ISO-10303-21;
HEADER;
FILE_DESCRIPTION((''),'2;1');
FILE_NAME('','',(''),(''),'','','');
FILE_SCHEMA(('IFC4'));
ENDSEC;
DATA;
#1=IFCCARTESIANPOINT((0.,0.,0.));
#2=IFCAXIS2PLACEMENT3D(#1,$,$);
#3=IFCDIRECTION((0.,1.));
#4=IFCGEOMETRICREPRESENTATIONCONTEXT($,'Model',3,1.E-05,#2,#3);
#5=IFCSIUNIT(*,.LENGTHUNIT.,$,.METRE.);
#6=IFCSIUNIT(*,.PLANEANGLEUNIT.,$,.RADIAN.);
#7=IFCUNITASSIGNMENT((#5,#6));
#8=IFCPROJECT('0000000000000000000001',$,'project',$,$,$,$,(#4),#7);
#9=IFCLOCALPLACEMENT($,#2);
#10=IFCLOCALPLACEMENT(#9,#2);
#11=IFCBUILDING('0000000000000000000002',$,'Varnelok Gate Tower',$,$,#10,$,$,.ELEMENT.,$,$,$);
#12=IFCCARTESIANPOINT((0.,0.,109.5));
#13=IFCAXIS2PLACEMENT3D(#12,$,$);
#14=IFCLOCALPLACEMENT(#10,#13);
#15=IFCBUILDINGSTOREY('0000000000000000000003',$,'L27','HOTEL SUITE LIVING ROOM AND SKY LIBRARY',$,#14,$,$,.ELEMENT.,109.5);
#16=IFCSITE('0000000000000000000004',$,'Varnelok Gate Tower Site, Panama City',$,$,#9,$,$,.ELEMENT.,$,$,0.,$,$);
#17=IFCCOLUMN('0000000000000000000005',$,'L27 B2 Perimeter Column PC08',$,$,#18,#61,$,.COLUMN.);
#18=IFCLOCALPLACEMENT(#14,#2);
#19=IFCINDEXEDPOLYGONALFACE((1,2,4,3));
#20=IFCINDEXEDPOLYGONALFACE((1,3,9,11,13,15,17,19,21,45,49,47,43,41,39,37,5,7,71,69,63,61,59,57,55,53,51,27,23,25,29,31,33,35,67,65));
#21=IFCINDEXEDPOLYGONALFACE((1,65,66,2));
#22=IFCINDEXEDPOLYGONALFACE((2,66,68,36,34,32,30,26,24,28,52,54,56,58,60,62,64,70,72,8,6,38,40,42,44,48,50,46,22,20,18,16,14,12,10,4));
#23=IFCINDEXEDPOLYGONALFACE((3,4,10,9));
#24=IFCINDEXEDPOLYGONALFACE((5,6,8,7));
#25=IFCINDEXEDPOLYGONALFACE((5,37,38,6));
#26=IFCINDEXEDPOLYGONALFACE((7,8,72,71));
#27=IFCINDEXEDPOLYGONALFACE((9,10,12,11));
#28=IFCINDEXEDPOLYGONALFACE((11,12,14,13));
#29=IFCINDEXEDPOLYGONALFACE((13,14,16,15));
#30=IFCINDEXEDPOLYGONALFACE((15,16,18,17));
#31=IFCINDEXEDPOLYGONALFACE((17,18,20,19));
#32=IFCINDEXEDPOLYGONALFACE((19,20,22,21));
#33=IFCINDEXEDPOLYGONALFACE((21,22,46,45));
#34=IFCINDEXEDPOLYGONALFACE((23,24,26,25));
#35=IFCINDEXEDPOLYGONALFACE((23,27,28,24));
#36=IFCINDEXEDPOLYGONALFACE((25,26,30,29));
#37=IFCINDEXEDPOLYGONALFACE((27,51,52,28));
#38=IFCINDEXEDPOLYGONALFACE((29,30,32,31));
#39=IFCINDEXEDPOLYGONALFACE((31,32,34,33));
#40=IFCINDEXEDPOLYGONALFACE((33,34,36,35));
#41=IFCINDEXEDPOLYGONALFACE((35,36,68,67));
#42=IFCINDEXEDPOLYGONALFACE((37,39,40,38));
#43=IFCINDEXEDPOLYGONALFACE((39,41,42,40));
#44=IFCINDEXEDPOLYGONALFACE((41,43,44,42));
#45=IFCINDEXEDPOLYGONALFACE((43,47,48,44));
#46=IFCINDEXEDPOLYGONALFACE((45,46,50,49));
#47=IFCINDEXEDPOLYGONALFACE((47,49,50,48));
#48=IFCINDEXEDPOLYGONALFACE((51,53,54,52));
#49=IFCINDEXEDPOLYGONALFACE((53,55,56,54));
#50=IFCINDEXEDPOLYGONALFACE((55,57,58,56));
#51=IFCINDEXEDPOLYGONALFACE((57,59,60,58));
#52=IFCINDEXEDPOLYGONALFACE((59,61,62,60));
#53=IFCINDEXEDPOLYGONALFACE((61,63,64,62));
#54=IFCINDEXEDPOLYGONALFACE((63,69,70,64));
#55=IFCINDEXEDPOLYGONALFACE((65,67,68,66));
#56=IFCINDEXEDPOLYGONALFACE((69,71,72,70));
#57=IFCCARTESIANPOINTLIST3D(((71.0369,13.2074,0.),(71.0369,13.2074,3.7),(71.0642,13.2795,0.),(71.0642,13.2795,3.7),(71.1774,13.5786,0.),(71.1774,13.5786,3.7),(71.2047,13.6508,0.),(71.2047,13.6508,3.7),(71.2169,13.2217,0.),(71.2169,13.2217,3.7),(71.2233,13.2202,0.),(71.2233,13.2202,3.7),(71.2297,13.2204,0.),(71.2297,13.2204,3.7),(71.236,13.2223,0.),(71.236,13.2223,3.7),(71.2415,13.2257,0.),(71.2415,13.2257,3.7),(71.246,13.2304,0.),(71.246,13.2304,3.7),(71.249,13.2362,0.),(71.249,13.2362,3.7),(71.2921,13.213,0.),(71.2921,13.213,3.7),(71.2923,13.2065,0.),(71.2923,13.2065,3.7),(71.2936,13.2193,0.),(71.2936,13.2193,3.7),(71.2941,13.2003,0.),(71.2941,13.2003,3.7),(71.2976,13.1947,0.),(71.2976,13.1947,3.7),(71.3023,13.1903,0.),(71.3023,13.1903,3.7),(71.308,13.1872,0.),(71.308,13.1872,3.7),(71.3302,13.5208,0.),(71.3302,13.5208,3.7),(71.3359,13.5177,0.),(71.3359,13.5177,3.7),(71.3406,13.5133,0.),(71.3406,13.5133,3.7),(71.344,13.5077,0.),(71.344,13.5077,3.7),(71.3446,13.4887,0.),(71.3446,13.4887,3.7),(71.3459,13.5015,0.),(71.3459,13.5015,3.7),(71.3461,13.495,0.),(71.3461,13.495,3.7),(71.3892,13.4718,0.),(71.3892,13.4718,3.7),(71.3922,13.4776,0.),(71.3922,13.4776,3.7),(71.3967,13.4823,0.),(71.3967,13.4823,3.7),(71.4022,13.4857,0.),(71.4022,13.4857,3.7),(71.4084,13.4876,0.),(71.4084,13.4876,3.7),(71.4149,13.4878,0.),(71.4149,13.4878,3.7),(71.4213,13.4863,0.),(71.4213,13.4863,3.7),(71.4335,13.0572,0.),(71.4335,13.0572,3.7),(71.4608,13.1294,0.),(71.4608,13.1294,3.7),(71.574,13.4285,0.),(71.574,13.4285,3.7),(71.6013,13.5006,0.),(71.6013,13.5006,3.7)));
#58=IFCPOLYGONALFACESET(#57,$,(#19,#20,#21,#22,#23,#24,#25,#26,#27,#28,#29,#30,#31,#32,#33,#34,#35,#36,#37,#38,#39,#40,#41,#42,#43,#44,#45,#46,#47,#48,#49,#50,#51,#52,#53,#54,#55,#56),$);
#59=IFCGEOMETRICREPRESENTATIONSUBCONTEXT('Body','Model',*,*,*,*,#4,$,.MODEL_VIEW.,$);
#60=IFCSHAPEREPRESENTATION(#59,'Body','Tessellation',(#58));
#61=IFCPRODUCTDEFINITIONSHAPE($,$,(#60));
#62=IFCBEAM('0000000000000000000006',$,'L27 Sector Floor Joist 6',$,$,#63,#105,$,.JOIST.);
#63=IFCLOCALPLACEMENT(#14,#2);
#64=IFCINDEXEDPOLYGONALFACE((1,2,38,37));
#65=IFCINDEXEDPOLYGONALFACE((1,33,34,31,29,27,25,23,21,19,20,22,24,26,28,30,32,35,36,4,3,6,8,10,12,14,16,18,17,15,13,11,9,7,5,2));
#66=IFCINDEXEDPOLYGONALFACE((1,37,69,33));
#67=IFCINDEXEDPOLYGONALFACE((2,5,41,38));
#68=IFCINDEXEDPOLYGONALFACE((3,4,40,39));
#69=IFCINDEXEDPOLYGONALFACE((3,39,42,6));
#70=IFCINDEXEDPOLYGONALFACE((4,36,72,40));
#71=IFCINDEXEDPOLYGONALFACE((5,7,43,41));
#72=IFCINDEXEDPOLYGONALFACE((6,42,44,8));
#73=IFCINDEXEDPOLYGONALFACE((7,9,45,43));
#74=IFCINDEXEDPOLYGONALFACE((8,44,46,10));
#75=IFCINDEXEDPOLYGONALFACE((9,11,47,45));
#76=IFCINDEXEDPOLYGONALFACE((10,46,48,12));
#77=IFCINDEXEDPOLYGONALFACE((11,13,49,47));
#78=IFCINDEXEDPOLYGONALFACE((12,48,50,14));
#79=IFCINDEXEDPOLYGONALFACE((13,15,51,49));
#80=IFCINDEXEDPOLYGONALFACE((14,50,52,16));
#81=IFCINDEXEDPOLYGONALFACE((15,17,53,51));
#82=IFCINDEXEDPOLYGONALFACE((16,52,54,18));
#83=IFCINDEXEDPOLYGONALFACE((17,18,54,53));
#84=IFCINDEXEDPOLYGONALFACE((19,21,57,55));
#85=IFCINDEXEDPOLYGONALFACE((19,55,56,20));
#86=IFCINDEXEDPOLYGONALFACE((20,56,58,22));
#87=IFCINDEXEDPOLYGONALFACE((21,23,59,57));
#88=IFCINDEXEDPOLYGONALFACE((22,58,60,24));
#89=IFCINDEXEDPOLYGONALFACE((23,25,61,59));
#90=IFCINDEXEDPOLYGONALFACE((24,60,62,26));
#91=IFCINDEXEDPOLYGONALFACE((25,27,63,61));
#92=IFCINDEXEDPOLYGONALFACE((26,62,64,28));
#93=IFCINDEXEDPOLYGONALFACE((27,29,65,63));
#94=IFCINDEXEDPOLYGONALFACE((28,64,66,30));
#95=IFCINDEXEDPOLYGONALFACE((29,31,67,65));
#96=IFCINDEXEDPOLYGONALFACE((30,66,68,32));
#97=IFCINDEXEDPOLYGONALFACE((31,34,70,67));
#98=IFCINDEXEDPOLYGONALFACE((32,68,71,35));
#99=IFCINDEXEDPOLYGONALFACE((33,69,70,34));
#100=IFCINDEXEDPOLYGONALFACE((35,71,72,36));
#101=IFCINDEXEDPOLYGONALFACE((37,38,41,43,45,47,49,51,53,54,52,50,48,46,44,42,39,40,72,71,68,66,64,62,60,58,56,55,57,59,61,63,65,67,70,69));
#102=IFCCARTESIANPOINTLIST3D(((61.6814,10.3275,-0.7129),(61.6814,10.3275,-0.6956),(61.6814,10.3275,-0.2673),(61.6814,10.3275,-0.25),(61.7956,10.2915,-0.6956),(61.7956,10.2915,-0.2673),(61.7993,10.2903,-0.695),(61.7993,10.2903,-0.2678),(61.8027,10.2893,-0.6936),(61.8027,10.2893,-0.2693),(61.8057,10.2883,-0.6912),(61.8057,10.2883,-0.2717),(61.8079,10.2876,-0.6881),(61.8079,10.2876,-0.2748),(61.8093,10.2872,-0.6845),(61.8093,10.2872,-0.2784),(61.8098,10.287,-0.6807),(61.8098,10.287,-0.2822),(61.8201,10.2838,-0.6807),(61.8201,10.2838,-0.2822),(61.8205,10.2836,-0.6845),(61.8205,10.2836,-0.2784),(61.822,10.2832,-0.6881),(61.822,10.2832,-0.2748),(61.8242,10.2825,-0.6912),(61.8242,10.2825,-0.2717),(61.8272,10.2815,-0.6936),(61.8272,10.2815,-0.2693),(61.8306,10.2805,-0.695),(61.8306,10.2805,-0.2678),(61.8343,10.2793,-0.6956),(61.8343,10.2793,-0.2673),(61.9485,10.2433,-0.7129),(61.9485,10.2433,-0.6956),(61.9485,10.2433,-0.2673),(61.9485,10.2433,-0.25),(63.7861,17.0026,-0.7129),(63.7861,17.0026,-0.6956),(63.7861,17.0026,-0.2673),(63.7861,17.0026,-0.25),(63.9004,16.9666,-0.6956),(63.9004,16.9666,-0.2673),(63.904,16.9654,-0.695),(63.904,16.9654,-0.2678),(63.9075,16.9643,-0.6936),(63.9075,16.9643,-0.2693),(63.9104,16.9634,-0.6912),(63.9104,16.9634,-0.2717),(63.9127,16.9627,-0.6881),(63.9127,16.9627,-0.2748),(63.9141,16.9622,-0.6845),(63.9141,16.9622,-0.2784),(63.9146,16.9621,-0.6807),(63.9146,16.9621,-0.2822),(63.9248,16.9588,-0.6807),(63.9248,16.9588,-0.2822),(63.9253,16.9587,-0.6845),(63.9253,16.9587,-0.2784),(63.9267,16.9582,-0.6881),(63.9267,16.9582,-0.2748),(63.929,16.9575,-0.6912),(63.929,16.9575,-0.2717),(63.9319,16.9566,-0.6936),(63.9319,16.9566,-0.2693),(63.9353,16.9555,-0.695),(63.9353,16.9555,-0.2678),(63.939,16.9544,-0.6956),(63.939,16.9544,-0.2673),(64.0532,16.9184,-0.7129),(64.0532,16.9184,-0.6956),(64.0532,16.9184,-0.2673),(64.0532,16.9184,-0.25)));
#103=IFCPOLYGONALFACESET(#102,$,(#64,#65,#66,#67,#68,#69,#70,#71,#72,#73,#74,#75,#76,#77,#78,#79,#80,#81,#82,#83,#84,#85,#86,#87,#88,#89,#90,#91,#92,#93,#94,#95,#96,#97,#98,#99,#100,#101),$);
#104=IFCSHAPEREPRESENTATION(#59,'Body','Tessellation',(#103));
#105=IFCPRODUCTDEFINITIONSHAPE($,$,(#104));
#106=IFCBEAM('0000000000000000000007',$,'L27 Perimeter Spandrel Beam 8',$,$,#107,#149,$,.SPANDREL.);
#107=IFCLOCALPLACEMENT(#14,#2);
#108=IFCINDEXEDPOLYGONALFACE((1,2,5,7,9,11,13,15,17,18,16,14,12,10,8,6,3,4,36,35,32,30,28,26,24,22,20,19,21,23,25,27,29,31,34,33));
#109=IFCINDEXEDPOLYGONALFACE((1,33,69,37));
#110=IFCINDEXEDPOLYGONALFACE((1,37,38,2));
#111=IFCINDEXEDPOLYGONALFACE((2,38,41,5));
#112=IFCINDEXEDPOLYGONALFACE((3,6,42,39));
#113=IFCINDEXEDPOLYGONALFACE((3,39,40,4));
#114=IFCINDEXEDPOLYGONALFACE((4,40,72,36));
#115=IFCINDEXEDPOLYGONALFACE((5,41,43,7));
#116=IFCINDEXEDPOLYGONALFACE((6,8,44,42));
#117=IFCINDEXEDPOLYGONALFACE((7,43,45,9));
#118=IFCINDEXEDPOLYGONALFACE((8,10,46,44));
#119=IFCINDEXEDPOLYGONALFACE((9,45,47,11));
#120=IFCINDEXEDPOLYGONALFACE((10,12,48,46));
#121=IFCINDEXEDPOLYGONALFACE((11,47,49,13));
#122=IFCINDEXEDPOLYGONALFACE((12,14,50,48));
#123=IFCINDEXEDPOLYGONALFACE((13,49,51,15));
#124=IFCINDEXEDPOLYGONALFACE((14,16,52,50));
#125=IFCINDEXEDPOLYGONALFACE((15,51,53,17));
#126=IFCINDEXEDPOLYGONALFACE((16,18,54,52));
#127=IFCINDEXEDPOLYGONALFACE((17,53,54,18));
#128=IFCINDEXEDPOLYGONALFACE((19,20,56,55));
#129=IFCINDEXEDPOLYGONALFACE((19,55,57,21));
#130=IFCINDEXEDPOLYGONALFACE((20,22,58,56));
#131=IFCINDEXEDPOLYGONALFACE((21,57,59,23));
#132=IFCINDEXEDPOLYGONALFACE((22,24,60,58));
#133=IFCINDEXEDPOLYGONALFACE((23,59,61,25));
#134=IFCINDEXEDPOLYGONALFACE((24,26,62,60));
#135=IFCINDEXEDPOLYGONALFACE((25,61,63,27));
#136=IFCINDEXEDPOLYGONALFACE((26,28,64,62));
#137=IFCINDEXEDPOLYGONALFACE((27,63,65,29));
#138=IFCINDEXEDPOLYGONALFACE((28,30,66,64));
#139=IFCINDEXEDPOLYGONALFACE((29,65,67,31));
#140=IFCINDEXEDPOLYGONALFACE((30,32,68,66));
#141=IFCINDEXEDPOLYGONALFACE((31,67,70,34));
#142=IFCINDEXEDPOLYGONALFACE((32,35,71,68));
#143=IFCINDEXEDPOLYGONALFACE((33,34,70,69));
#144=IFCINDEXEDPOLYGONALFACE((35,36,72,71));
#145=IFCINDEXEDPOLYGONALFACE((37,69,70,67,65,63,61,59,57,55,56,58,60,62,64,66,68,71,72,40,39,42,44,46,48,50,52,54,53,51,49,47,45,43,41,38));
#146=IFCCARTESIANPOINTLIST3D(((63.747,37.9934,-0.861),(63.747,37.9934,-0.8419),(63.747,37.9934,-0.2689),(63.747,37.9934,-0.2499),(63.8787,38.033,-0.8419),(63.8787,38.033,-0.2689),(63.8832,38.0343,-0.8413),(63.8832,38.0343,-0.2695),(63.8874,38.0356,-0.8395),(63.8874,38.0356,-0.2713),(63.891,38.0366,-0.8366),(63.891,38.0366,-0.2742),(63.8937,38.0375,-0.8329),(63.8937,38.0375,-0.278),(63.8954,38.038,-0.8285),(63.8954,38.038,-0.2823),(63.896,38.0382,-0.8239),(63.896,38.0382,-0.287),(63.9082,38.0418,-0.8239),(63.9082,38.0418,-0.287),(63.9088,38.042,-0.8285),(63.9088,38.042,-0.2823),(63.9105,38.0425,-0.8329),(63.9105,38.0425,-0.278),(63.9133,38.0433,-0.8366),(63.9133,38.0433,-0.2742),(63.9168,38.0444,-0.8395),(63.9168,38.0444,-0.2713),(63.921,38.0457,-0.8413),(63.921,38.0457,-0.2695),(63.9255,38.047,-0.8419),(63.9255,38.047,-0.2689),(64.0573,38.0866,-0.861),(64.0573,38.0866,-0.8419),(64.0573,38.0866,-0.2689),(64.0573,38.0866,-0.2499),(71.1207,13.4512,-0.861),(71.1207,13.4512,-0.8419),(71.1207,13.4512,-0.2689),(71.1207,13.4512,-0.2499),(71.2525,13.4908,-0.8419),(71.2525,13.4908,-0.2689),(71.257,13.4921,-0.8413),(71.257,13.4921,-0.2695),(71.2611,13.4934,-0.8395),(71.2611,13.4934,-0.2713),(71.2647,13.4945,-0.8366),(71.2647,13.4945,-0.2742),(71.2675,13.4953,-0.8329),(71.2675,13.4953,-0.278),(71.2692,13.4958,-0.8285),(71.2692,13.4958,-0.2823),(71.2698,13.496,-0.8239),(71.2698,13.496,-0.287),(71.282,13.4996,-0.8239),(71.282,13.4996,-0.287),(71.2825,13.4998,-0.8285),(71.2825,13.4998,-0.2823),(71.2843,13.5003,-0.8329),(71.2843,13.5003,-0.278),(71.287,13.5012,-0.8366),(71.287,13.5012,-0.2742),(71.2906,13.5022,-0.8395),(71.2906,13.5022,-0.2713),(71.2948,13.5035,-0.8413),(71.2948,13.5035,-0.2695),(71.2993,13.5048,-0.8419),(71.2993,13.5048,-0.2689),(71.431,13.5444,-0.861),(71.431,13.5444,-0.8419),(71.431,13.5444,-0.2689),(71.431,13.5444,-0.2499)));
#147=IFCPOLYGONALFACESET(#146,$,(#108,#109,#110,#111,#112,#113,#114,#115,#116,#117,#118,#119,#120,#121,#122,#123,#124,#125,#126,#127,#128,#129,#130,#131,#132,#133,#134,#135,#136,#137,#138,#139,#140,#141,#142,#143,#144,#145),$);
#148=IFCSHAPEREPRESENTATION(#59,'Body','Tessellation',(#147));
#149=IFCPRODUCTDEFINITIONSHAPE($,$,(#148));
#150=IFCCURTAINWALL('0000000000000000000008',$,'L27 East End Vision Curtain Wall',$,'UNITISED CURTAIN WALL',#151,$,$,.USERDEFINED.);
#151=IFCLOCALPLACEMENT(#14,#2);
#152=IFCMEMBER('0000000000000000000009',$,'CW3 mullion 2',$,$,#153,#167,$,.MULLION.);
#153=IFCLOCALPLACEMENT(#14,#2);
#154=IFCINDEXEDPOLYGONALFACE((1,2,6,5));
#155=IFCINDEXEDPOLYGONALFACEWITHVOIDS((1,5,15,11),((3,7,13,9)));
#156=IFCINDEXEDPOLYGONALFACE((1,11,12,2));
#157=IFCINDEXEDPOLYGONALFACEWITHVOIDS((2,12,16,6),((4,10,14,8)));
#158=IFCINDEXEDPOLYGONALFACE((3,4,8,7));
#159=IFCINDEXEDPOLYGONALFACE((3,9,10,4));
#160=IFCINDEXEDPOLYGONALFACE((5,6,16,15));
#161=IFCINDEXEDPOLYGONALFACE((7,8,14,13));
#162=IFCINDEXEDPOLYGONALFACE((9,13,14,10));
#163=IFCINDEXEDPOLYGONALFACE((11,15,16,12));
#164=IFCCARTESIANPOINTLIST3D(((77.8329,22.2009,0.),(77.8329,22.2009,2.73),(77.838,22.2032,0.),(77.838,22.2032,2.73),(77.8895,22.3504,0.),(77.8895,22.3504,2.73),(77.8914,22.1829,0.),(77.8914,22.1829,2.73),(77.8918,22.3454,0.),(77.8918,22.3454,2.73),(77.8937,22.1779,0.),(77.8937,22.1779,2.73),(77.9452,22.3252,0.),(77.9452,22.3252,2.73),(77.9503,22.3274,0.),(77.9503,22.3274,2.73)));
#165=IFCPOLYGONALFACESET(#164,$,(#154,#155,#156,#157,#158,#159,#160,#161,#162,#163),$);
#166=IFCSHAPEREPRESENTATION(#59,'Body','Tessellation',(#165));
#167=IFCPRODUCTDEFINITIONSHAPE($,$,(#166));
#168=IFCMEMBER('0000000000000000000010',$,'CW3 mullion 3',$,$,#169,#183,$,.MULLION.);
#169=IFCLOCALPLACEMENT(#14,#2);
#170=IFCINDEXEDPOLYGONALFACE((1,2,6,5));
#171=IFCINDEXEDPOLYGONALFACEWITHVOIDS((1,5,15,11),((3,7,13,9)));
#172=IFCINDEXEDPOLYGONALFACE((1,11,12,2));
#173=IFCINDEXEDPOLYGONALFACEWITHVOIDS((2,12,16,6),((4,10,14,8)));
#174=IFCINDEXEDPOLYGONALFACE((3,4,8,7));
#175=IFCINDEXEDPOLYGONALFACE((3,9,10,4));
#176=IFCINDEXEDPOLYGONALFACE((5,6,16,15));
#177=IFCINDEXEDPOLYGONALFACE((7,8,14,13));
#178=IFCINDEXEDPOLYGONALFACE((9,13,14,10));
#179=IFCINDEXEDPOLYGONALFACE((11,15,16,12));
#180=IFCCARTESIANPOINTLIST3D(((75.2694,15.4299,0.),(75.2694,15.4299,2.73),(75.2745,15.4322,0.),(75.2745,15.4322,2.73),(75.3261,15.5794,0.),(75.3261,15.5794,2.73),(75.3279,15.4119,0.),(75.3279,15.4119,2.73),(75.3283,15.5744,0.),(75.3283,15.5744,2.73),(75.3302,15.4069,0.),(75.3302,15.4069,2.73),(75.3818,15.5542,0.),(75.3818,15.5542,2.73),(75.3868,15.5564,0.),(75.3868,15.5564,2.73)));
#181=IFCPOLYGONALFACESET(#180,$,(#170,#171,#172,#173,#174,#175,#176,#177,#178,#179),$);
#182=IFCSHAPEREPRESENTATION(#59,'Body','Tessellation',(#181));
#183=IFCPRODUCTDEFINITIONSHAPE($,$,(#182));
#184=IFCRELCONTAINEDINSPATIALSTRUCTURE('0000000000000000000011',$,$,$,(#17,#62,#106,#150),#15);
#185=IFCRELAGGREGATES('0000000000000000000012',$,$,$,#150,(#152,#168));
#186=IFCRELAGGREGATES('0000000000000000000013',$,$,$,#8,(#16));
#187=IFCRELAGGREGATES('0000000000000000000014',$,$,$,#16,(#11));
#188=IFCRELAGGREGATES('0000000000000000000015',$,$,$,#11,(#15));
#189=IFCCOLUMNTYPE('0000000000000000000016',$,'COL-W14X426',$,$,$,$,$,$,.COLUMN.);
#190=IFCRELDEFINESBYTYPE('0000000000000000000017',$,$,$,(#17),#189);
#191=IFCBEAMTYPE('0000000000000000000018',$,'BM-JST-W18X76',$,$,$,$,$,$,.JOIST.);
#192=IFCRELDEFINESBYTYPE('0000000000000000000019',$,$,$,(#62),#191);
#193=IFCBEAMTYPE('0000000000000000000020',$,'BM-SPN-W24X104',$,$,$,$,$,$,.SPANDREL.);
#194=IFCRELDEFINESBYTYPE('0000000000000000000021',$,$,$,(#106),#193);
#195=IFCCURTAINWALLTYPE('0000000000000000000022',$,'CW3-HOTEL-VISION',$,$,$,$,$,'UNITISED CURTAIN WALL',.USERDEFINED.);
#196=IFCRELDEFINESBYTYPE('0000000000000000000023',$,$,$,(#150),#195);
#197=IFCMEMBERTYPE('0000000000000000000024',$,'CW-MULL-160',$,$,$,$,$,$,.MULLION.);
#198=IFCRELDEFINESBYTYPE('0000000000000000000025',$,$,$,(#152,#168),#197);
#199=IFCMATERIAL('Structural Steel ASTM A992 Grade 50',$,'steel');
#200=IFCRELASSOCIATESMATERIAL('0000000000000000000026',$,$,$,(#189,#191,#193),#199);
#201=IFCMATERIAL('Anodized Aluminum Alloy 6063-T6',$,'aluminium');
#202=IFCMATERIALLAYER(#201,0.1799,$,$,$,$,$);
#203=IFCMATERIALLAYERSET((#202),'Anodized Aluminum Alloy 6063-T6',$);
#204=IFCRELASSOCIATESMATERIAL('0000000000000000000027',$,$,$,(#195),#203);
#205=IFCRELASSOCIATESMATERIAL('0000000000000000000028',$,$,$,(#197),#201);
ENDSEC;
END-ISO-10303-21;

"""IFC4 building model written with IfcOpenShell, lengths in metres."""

from ifc_helpers import new_model, si_unit, direction, frame, origin, origin_2d, place, context, subcontext, project, spatial, hollow_rectangle, i_section, extrude, material, layer, layer_set, material_profile, profile_set, type_object, element, aggregate, save


model = new_model("IFC4")

# Units and contexts
model_context = context("Model", 3, precision=1e-05, world=origin(), true_north=direction((0.0, 1.0)))
body_context = subcontext(model_context, "Body", "Model", "MODEL_VIEW")
ifc_project = project(units=[si_unit("LENGTHUNIT", "METRE"), si_unit("PLANEANGLEUNIT", "RADIAN")], contexts=[model_context])

# Site, building, storey
site_placement = place(None, origin())
site = spatial("IfcSite", under=ifc_project, at=site_placement, Name="Varnelok Gate Tower Site, Panama City", CompositionType="ELEMENT", RefElevation=0.0)
building_placement = place(site_placement, origin())
building = spatial("IfcBuilding", under=site, at=building_placement, Name="Varnelok Gate Tower", CompositionType="ELEMENT")
storey_placement = place(building_placement, frame((0.0, 0.0, 109.5)))
storey = spatial("IfcBuildingStorey", under=building, at=storey_placement, Name="L27", Description="HOTEL SUITE LIVING ROOM AND SKY LIBRARY", CompositionType="ELEMENT", Elevation=109.5)

# Column
ifc_material_1 = material(Name="Structural Steel ASTM A992 Grade 50", Category="steel")
ifc_material_profile_1 = material_profile(ifc_material_1, i_section(OverallWidth=0.4241, OverallDepth=0.4741, WebThickness=0.0476, FlangeThickness=0.0771, FilletRadius=0.0249, at=origin_2d()), Name="W14X426")
ifc_profile_set_1 = profile_set([ifc_material_profile_1], Name="Structural Steel ASTM A992 Grade 50")
column_type = type_object("IfcColumnType", Name="COL-W14X426", PredefinedType="COLUMN", material=ifc_profile_set_1)
column_placement = place(storey_placement, frame((71.3191, 13.354, 0.0), z_axis=(0.0, 0.0, 1.0), x_axis=(0.935222, -0.354063, 0.0)))
element("IfcColumn", 1, at=column_placement, inside=storey, type_object=column_type, Name="L27 B2 Perimeter Column PC08", PredefinedType="COLUMN", context=body_context, shape_type="SweptSolid", body=[
    extrude(i_section(OverallWidth=0.4241, OverallDepth=0.4741, WebThickness=0.0476, FlangeThickness=0.0771, FilletRadius=0.0249, at=origin_2d()), origin(), (0.0, 0.0, 1.0), 3.7),
])

# Beams
ifc_material_profile_2 = material_profile(ifc_material_1, i_section(OverallWidth=0.28, OverallDepth=0.4629, WebThickness=0.0107, FlangeThickness=0.0173, FilletRadius=0.0149, at=origin_2d()), Name="W18X76")
ifc_profile_set_2 = profile_set([ifc_material_profile_2], Name="Structural Steel ASTM A992 Grade 50")
beam_type_1 = type_object("IfcBeamType", Name="BM-JST-W18X76", PredefinedType="JOIST", material=ifc_profile_set_2)
beam_1_placement = place(storey_placement, frame((61.8149, 10.2854, -0.4814), z_axis=(0.300719, 0.953713, 0.0), x_axis=(-0.953713, 0.300719, 0.0)))
element("IfcBeam", 2, at=beam_1_placement, inside=storey, type_object=beam_type_1, Name="L27 Sector Floor Joist 6", PredefinedType="JOIST", context=body_context, shape_type="SweptSolid", body=[
    extrude(i_section(OverallWidth=0.28, OverallDepth=0.4629, WebThickness=0.0107, FlangeThickness=0.0173, FilletRadius=0.0149, at=origin_2d()), origin(), (0.0, 0.0, 1.0), 6.999),
])
ifc_material_profile_3 = material_profile(ifc_material_1, i_section(OverallWidth=0.324, OverallDepth=0.6111, WebThickness=0.0127, FlangeThickness=0.019, FilletRadius=0.0181, at=origin_2d()), Name="W24X104")
ifc_profile_set_3 = profile_set([ifc_material_profile_3], Name="Structural Steel ASTM A992 Grade 50")
beam_type_2 = type_object("IfcBeamType", Name="BM-SPN-W24X104", PredefinedType="SPANDREL", material=ifc_profile_set_3)
beam_2_placement = place(storey_placement, frame((71.2759, 13.4978, -0.5554), z_axis=(-0.287746, 0.957707, 0.0), x_axis=(-0.957707, -0.287746, 0.0)))
element("IfcBeam", 3, at=beam_2_placement, inside=storey, type_object=beam_type_2, Name="L27 Perimeter Spandrel Beam 8", PredefinedType="SPANDREL", context=body_context, shape_type="SweptSolid", body=[
    extrude(i_section(OverallWidth=0.324, OverallDepth=0.6111, WebThickness=0.0127, FlangeThickness=0.019, FilletRadius=0.0181, at=origin_2d()), origin(), (0.0, 0.0, 1.0), 25.626),
])

# Curtain wall, members
ifc_material_2 = material(Name="Anodized Aluminum Alloy 6063-T6", Category="aluminium")
ifc_layer_1 = layer(ifc_material_2, 0.1799)
ifc_layer_set_1 = layer_set([ifc_layer_1], Name="Anodized Aluminum Alloy 6063-T6")
curtain_wall_type = type_object("IfcCurtainWallType", Name="CW3-HOTEL-VISION", ElementType="UNITISED CURTAIN WALL", PredefinedType="USERDEFINED", material=ifc_layer_set_1)
curtain_wall_placement = place(storey_placement, origin())
curtain_wall = element("IfcCurtainWall", 4, at=curtain_wall_placement, inside=storey, type_object=curtain_wall_type, Name="L27 East End Vision Curtain Wall", ObjectType="UNITISED CURTAIN WALL", PredefinedType="USERDEFINED")
ifc_material_profile_4 = material_profile(ifc_material_2, hollow_rectangle(XDim=0.0649, YDim=0.1599, WallThickness=0.0039, at=origin_2d()), Name="ALU160X65X4")
ifc_profile_set_4 = profile_set([ifc_material_profile_4], Name="Anodized Aluminum Alloy 6063-T6")
member_type_1 = type_object("IfcMemberType", Name="CW-MULL-160", PredefinedType="MULLION", material=ifc_profile_set_4)
member_1_placement = place(storey_placement, frame((77.8916, 22.2642, 0.0), z_axis=(0.0, 0.0, 1.0), x_axis=(0.935221, -0.354064, 0.0)))
member_1 = element("IfcMember", 5, at=member_1_placement, type_object=member_type_1, Name="CW3 mullion 2", PredefinedType="MULLION", context=body_context, shape_type="SweptSolid", body=[
    extrude(hollow_rectangle(XDim=0.0649, YDim=0.1599, WallThickness=0.0039, at=origin_2d()), origin(), (0.0, 0.0, 1.0), 2.73),
])
member_2_placement = place(storey_placement, frame((75.3281, 15.4932, 0.0), z_axis=(0.0, 0.0, 1.0), x_axis=(0.935221, -0.354064, 0.0)))
member_2 = element("IfcMember", 6, at=member_2_placement, type_object=member_type_1, Name="CW3 mullion 3", PredefinedType="MULLION", context=body_context, shape_type="SweptSolid", body=[
    extrude(hollow_rectangle(XDim=0.0649, YDim=0.1599, WallThickness=0.0039, at=origin_2d()), origin(), (0.0, 0.0, 1.0), 2.73),
])
aggregate(curtain_wall, [member_1, member_2])

save(model, "model.ifc")
